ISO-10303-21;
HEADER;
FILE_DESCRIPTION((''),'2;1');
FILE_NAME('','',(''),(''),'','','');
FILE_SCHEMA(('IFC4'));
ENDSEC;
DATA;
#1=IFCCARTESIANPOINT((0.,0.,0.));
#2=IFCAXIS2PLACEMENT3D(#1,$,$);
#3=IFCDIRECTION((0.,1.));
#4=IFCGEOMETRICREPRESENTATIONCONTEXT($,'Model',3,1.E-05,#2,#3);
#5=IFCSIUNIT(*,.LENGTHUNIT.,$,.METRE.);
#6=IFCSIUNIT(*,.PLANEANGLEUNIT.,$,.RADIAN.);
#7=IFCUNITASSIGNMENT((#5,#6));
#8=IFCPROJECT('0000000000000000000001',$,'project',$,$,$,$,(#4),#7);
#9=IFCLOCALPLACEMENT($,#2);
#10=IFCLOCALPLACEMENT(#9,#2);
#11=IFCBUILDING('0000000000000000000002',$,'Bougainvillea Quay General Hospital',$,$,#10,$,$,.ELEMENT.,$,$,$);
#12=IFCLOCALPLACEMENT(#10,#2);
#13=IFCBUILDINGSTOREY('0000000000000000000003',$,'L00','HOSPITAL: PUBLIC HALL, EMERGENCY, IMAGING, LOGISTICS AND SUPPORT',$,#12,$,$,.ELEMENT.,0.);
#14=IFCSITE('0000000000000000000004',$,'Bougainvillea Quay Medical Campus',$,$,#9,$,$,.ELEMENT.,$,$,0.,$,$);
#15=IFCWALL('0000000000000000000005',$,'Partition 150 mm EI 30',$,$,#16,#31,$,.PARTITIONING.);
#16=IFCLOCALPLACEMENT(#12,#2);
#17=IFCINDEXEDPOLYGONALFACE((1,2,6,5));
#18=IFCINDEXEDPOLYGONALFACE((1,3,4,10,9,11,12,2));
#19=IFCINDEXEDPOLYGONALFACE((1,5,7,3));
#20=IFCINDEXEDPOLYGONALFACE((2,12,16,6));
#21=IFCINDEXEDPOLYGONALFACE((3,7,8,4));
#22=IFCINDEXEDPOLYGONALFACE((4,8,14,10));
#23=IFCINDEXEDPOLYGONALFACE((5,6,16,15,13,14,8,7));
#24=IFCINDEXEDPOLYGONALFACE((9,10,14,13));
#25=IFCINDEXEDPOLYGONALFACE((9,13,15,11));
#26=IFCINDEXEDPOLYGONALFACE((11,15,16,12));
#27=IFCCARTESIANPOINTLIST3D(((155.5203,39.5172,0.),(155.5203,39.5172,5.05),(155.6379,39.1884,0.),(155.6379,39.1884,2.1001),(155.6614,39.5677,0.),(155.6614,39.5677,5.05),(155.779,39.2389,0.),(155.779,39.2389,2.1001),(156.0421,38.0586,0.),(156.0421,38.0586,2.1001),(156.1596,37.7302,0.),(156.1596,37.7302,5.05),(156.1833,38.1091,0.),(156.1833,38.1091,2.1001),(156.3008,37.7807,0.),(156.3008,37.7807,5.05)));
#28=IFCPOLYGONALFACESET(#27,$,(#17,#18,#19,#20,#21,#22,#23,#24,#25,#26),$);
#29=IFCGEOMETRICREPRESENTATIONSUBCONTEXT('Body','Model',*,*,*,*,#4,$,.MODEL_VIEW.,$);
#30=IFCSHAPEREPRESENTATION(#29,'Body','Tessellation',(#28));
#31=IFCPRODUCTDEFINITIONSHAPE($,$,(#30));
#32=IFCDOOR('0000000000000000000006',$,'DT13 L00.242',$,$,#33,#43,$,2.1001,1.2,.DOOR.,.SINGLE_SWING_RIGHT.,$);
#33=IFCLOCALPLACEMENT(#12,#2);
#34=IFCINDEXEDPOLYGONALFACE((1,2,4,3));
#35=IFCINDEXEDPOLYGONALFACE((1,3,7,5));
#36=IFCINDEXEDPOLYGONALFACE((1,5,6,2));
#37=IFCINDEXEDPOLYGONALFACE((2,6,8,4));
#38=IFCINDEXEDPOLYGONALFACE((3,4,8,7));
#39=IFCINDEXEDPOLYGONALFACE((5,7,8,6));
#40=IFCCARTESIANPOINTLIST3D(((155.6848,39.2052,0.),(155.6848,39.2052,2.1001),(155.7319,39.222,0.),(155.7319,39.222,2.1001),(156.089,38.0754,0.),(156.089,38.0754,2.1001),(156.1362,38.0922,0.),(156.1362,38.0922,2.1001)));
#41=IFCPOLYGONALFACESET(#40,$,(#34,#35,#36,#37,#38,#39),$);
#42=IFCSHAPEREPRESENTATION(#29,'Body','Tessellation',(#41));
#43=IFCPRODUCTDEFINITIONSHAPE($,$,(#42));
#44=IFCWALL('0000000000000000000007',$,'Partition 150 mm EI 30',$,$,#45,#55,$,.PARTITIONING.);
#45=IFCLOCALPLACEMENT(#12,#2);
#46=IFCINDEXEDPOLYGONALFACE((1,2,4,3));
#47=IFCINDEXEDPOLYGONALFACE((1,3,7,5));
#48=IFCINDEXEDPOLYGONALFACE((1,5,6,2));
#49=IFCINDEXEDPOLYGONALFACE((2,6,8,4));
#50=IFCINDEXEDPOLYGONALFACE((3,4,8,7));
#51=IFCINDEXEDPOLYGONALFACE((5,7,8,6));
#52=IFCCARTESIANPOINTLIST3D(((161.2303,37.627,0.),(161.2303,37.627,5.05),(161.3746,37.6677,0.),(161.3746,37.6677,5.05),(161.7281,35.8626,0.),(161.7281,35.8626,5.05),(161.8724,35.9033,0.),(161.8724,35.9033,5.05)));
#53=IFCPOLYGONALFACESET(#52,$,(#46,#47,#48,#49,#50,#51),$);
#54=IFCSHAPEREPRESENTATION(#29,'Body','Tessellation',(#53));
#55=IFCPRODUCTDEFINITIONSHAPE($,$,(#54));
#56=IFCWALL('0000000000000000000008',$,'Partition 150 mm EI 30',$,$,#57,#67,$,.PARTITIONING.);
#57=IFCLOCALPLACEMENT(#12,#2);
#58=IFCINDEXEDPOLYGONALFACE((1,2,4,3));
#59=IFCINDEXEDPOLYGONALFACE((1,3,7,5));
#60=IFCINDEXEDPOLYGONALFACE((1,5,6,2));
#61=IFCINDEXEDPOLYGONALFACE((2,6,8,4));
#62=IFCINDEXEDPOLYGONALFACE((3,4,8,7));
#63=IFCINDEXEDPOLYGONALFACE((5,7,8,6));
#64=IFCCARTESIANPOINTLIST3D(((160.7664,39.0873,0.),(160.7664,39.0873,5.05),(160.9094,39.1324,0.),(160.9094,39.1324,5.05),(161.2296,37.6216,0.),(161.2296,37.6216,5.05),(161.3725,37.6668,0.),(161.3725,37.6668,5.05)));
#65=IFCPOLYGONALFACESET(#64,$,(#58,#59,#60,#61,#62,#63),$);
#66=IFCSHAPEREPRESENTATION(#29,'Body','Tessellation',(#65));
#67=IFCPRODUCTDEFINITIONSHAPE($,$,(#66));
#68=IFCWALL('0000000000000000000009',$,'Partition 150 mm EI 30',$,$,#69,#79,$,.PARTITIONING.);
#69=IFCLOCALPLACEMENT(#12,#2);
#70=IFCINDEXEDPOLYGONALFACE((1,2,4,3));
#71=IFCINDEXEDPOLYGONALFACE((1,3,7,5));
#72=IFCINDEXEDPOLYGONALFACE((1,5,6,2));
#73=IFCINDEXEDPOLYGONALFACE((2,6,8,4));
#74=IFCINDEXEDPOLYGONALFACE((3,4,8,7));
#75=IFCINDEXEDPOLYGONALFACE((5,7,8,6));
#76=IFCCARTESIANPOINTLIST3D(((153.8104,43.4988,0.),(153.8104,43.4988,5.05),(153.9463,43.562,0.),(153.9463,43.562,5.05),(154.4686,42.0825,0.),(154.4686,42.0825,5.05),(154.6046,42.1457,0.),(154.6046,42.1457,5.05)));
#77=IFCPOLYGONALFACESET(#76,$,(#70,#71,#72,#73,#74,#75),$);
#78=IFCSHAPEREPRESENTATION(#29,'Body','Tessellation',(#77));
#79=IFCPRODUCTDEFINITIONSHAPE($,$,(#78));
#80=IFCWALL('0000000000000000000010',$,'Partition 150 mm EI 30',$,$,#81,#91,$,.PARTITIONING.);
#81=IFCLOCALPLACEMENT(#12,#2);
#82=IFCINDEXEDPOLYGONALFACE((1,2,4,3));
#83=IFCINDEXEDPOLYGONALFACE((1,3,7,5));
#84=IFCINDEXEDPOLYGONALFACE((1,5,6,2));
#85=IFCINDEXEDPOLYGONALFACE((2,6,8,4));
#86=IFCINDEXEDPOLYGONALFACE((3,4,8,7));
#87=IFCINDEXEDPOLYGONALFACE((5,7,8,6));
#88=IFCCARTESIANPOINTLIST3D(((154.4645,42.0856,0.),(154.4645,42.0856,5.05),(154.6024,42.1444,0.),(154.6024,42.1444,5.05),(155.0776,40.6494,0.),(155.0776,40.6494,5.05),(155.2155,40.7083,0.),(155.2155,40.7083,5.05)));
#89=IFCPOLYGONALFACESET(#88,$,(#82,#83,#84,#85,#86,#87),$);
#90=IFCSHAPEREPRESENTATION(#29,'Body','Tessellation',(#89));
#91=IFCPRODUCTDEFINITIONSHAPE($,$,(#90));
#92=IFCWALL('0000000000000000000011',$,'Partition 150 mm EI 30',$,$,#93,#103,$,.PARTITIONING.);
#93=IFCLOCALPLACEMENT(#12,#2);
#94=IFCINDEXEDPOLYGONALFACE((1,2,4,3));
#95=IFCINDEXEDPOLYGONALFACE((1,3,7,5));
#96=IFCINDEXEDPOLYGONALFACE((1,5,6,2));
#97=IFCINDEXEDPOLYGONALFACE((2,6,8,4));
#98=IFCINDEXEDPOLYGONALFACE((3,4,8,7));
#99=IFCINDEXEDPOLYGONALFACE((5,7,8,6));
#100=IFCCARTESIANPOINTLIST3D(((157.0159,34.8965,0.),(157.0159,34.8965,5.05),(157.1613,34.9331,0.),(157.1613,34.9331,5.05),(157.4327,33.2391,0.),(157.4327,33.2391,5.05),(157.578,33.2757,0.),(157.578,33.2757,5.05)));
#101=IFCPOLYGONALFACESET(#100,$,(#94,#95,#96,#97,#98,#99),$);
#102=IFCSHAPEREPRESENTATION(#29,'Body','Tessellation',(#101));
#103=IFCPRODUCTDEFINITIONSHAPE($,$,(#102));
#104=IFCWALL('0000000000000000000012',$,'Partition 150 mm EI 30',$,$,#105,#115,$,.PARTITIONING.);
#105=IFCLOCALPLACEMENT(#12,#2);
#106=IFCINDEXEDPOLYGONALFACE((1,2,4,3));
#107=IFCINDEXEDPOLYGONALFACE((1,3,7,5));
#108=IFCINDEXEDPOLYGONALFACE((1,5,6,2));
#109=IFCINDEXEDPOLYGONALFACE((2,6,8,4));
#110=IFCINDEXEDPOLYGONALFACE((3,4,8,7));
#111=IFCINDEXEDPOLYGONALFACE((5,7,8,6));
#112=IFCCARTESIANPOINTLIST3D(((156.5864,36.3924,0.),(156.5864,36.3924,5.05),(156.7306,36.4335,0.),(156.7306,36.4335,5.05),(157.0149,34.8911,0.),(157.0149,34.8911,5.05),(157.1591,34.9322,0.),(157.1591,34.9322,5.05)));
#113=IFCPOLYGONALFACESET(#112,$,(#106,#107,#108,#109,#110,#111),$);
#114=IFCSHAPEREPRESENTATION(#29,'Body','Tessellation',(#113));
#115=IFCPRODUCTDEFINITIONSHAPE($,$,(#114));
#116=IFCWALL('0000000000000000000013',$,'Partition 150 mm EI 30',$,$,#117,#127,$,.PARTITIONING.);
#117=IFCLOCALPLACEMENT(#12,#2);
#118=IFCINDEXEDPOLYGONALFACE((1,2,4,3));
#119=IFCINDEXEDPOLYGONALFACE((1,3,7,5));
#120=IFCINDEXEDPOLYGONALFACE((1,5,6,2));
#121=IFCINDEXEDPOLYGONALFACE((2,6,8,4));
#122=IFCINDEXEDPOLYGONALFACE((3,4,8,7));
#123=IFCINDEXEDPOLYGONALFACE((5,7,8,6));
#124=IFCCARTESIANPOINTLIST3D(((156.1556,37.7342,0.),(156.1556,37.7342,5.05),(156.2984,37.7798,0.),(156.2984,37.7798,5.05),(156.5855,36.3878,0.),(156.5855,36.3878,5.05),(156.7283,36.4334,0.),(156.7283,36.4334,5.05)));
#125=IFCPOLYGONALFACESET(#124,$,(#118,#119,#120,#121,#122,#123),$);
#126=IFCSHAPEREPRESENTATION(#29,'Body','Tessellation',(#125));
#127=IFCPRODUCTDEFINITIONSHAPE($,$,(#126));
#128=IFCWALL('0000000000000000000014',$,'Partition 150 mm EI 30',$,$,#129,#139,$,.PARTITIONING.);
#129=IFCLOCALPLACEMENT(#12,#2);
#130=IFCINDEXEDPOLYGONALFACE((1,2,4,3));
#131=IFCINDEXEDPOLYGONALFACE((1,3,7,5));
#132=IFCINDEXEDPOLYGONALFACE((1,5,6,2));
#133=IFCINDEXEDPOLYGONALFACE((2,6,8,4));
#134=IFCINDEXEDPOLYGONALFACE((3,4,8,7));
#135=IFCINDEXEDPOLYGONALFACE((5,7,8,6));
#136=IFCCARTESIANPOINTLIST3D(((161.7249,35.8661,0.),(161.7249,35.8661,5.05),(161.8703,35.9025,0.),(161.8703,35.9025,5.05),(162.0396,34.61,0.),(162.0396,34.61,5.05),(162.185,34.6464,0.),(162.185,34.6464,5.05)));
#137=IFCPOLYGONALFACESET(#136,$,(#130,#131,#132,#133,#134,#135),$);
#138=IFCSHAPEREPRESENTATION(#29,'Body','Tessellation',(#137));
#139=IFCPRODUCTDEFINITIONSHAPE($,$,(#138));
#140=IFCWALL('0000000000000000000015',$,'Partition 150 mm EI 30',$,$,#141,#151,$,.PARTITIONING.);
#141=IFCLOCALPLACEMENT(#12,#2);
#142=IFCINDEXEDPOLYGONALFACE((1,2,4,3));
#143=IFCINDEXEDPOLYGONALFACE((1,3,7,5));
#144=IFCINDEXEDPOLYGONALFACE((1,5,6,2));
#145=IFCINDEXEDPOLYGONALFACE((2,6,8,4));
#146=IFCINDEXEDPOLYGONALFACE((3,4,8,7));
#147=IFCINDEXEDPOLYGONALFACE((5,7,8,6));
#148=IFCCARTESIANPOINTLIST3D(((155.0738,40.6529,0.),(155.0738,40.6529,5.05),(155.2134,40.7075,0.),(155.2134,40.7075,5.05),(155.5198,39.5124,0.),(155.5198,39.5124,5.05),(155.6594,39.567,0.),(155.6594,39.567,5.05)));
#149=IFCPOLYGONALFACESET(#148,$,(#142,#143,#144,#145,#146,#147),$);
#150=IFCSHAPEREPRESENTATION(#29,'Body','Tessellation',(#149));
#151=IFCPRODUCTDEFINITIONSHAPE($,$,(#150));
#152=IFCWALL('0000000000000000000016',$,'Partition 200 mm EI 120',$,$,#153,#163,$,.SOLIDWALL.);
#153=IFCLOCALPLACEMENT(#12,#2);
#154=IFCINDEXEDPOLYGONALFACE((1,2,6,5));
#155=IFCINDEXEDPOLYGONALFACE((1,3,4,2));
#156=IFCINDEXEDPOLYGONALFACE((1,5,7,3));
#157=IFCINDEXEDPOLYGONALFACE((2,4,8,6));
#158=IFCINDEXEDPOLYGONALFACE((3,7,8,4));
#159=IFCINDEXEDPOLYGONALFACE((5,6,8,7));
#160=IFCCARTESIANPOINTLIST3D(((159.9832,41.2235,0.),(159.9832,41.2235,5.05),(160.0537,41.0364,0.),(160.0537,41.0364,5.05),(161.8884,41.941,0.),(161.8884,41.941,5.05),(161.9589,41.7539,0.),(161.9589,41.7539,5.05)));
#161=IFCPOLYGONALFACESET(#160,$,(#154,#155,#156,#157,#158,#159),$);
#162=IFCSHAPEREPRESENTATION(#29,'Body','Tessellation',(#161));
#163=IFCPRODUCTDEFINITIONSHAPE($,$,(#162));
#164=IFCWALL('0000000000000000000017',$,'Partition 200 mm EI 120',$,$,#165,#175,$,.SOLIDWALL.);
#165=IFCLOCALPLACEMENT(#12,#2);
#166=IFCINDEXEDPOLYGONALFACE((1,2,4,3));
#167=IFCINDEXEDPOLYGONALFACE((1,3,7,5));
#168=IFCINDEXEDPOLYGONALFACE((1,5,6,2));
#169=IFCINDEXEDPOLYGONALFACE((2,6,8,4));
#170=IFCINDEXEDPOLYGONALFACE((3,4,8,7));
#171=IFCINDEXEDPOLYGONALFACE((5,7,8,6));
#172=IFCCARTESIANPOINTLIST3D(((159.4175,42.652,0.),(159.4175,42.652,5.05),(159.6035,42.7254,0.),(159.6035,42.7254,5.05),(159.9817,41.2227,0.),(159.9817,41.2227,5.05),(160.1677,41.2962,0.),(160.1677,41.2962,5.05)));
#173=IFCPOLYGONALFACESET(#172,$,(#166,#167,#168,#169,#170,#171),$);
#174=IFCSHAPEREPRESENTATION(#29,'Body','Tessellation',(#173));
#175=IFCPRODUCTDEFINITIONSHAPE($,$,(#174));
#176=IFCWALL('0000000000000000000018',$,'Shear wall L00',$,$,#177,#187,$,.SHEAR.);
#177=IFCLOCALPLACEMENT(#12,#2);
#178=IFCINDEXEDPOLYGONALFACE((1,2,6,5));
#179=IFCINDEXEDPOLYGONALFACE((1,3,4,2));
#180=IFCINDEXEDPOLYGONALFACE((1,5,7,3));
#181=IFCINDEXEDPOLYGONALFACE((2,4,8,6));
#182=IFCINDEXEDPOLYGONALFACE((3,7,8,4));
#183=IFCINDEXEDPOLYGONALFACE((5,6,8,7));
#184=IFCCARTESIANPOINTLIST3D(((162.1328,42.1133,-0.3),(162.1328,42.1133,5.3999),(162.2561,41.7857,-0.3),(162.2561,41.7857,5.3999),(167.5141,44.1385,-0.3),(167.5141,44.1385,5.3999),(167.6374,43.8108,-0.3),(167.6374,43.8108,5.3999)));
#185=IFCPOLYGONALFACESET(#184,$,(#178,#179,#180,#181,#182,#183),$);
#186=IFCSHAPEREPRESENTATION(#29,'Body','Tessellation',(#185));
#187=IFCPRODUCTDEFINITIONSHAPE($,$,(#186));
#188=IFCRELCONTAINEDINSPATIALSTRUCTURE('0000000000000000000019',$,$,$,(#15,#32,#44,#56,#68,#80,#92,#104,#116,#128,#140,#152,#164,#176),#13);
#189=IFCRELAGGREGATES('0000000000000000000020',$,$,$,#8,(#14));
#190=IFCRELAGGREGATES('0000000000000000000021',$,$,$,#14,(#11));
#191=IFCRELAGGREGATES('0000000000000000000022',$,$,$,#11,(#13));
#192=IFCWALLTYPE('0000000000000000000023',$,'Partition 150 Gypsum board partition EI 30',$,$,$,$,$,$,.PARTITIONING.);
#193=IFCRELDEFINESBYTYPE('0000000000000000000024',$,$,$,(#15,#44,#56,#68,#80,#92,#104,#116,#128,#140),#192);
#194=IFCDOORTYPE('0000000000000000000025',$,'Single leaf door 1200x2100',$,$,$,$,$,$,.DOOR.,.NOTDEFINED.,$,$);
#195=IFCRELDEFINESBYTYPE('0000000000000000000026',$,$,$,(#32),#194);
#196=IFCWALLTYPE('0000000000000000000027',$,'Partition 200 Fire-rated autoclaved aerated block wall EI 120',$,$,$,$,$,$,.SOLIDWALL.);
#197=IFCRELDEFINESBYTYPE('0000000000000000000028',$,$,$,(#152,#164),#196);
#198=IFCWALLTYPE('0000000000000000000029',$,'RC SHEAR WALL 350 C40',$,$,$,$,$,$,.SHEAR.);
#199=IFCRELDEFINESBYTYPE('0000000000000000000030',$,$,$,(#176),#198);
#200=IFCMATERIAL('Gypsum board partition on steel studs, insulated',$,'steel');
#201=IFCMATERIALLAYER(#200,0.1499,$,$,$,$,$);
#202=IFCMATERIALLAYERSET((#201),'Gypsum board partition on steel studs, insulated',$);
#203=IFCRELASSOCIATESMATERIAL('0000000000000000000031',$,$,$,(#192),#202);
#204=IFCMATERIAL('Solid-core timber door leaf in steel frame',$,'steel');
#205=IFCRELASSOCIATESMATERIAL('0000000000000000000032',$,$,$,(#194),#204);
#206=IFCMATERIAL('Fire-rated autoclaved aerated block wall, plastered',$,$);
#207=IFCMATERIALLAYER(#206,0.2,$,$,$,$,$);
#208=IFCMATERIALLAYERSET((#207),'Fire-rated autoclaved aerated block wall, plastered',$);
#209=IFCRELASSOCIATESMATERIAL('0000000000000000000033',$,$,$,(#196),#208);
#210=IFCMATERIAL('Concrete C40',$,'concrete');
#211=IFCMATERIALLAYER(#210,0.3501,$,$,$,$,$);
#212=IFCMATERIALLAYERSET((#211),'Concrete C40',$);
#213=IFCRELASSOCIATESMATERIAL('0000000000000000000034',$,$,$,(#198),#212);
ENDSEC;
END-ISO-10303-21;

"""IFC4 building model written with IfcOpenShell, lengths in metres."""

from ifc_helpers import new_model, si_unit, direction, frame, frame_2d, origin, place, context, subcontext, project, spatial, rectangle, extrude, material, layer, layer_set, type_object, element, fill, save


model = new_model("IFC4")

# Units and contexts
model_context = context("Model", 3, precision=1e-05, world=origin(), true_north=direction((0.0, 1.0)))
body_context = subcontext(model_context, "Body", "Model", "MODEL_VIEW")
ifc_project = project(units=[si_unit("LENGTHUNIT", "METRE"), si_unit("PLANEANGLEUNIT", "RADIAN")], contexts=[model_context])

# Site, building, storey
site_placement = place(None, origin())
site = spatial("IfcSite", under=ifc_project, at=site_placement, Name="Bougainvillea Quay Medical Campus", CompositionType="ELEMENT", RefElevation=0.0)
building_placement = place(site_placement, origin())
building = spatial("IfcBuilding", under=site, at=building_placement, Name="Bougainvillea Quay General Hospital", CompositionType="ELEMENT")
storey_placement = place(building_placement, origin())
storey = spatial("IfcBuildingStorey", under=building, at=storey_placement, Name="L00", Description="HOSPITAL: PUBLIC HALL, EMERGENCY, IMAGING, LOGISTICS AND SUPPORT", CompositionType="ELEMENT", Elevation=0.0)

# Shared definitions
ifc_material_1 = material(Name="Concrete C40", Category="concrete")

# Wall, opening, door
ifc_material_2 = material(Name="Gypsum board partition on steel studs, insulated", Category="steel")
ifc_layer_1 = layer(ifc_material_2, 0.1499)
ifc_layer_set_1 = layer_set([ifc_layer_1], Name="Gypsum board partition on steel studs, insulated")
wall_type_1 = type_object("IfcWallType", Name="Partition 150 Gypsum board partition EI 30", PredefinedType="PARTITIONING", material=ifc_layer_set_1)
wall_1_placement = place(storey_placement, frame((155.5908, 39.5425, 0.0), z_axis=(0.0, 0.0, 1.0), x_axis=(0.336874, -0.94155, 0.0)))
wall_1 = element("IfcWall", 1, at=wall_1_placement, inside=storey, type_object=wall_type_1, Name="Partition 150 mm EI 30", PredefinedType="PARTITIONING", context=body_context, shape_type="SweptSolid", body=[
    extrude(rectangle(XDim=1.8979, YDim=0.1499, at=frame_2d((0.949, 0.0))), origin(), (0.0, 0.0, 1.0), 5.05),
])
opening_1_placement = place(wall_1_placement, frame((0.3491, 0.0, 0.0)))
opening_1 = element("IfcOpeningElement", 2, at=opening_1_placement, cuts=wall_1, PredefinedType="OPENING", context=body_context, shape_type="SweptSolid", body=[
    extrude(rectangle(XDim=1.2, YDim=2.1001, at=frame_2d((0.6001, 1.05))), frame((0.0, 0.085, 0.0), z_axis=(0.0, -1.0, 0.0), x_axis=(1.0, 0.0, 0.0)), (0.0, 0.0, 1.0), 0.1699),
])
ifc_material_3 = material(Name="Solid-core timber door leaf in steel frame", Category="steel")
door_type_1 = type_object("IfcDoorType", Name="Single leaf door 1200x2100", OperationType="NOTDEFINED", PredefinedType="DOOR", material=ifc_material_3)
door_1_placement = place(opening_1_placement, origin())
door_1 = element("IfcDoor", 3, at=door_1_placement, inside=storey, type_object=door_type_1, Name="DT13 L00.242", OperationType="SINGLE_SWING_RIGHT", OverallHeight=2.1001, OverallWidth=1.2, PredefinedType="DOOR", context=body_context, shape_type="SweptSolid", body=[
    extrude(rectangle(XDim=1.2, YDim=2.1001, at=frame_2d((0.6001, 1.05))), frame((0.0, 0.0249, 0.0), z_axis=(0.0, -1.0, 0.0), x_axis=(1.0, 0.0, 0.0)), (0.0, 0.0, 1.0), 0.05),
])
fill(opening_1, door_1)

# Walls
wall_2_placement = place(storey_placement, frame((161.3025, 37.6472, 0.0), z_axis=(0.0, 0.0, 1.0), x_axis=(0.271536, -0.962428, 0.0)))
element("IfcWall", 4, at=wall_2_placement, inside=storey, type_object=wall_type_1, Name="Partition 150 mm EI 30", PredefinedType="PARTITIONING", context=body_context, shape_type="SweptSolid", body=[
    extrude(rectangle(XDim=1.8333, YDim=0.1499, at=frame_2d((0.9165, 0.0))), origin(), (0.0, 0.0, 1.0), 5.05),
])
wall_3_placement = place(storey_placement, frame((160.8379, 39.1099, 0.0), z_axis=(0.0, 0.0, 1.0), x_axis=(0.301321, -0.953523, 0.0)))
element("IfcWall", 5, at=wall_3_placement, inside=storey, type_object=wall_type_1, Name="Partition 150 mm EI 30", PredefinedType="PARTITIONING", context=body_context, shape_type="SweptSolid", body=[
    extrude(rectangle(XDim=1.5371, YDim=0.1499, at=frame_2d((0.7686, 0.0))), origin(), (0.0, 0.0, 1.0), 5.05),
])
wall_4_placement = place(storey_placement, frame((153.8784, 43.5303, 0.0), z_axis=(0.0, 0.0, 1.0), x_axis=(0.421456, -0.906849, 0.0)))
element("IfcWall", 6, at=wall_4_placement, inside=storey, type_object=wall_type_1, Name="Partition 150 mm EI 30", PredefinedType="PARTITIONING", context=body_context, shape_type="SweptSolid", body=[
    extrude(rectangle(XDim=1.5618, YDim=0.1499, at=frame_2d((0.7808, 0.0))), origin(), (0.0, 0.0, 1.0), 5.05),
])
wall_5_placement = place(storey_placement, frame((154.5334, 42.115, 0.0), z_axis=(0.0, 0.0, 1.0), x_axis=(0.392617, -0.919702, 0.0)))
element("IfcWall", 7, at=wall_5_placement, inside=storey, type_object=wall_type_1, Name="Partition 150 mm EI 30", PredefinedType="PARTITIONING", context=body_context, shape_type="SweptSolid", body=[
    extrude(rectangle(XDim=1.5615, YDim=0.1499, at=frame_2d((0.7808, 0.0))), origin(), (0.0, 0.0, 1.0), 5.05),
])
wall_6_placement = place(storey_placement, frame((157.0886, 34.9148, 0.0), z_axis=(0.0, 0.0, 1.0), x_axis=(0.243846, -0.969814, 0.0)))
element("IfcWall", 8, at=wall_6_placement, inside=storey, type_object=wall_type_1, Name="Partition 150 mm EI 30", PredefinedType="PARTITIONING", context=body_context, shape_type="SweptSolid", body=[
    extrude(rectangle(XDim=1.709, YDim=0.1499, at=frame_2d((0.8545, 0.0))), origin(), (0.0, 0.0, 1.0), 5.05),
])
wall_7_placement = place(storey_placement, frame((156.6584, 36.4131, 0.0), z_axis=(0.0, 0.0, 1.0), x_axis=(0.274453, -0.961601, 0.0)))
element("IfcWall", 9, at=wall_7_placement, inside=storey, type_object=wall_type_1, Name="Partition 150 mm EI 30", PredefinedType="PARTITIONING", context=body_context, shape_type="SweptSolid", body=[
    extrude(rectangle(XDim=1.5613, YDim=0.1499, at=frame_2d((0.7808, 0.0))), origin(), (0.0, 0.0, 1.0), 5.05),
])
wall_8_placement = place(storey_placement, frame((156.2271, 37.7568, 0.0), z_axis=(0.0, 0.0, 1.0), x_axis=(0.30418, -0.952614, 0.0)))
element("IfcWall", 10, at=wall_8_placement, inside=storey, type_object=wall_type_1, Name="Partition 150 mm EI 30", PredefinedType="PARTITIONING", context=body_context, shape_type="SweptSolid", body=[
    extrude(rectangle(XDim=1.4133, YDim=0.1499, at=frame_2d((0.7065, 0.0))), origin(), (0.0, 0.0, 1.0), 5.05),
])
wall_9_placement = place(storey_placement, frame((161.7976, 35.8843, 0.0), z_axis=(0.0, 0.0, 1.0), x_axis=(0.243024, -0.97002, 0.0)))
element("IfcWall", 11, at=wall_9_placement, inside=storey, type_object=wall_type_1, Name="Partition 150 mm EI 30", PredefinedType="PARTITIONING", context=body_context, shape_type="SweptSolid", body=[
    extrude(rectangle(XDim=1.2949, YDim=0.1499, at=frame_2d((0.6475, 0.0))), origin(), (0.0, 0.0, 1.0), 5.05),
])
wall_10_placement = place(storey_placement, frame((155.1436, 40.6802, 0.0), z_axis=(0.0, 0.0, 1.0), x_axis=(0.364264, -0.931296, 0.0)))
element("IfcWall", 12, at=wall_10_placement, inside=storey, type_object=wall_type_1, Name="Partition 150 mm EI 30", PredefinedType="PARTITIONING", context=body_context, shape_type="SweptSolid", body=[
    extrude(rectangle(XDim=1.2246, YDim=0.1499, at=frame_2d((0.6123, 0.0))), origin(), (0.0, 0.0, 1.0), 5.05),
])
ifc_material_4 = material(Name="Fire-rated autoclaved aerated block wall, plastered")
ifc_layer_2 = layer(ifc_material_4, 0.2)
ifc_layer_set_2 = layer_set([ifc_layer_2], Name="Fire-rated autoclaved aerated block wall, plastered")
wall_type_2 = type_object("IfcWallType", Name="Partition 200 Fire-rated autoclaved aerated block wall EI 120", PredefinedType="SOLIDWALL", material=ifc_layer_set_2)
wall_11_placement = place(storey_placement, frame((160.0183, 41.1299, 0.0), z_axis=(0.0, 0.0, 1.0), x_axis=(0.935835, 0.352437, 0.0)))
element("IfcWall", 13, at=wall_11_placement, inside=storey, type_object=wall_type_2, Name="Partition 200 mm EI 120", PredefinedType="SOLIDWALL", context=body_context, shape_type="SweptSolid", body=[
    extrude(rectangle(XDim=2.0359, YDim=0.2, at=frame_2d((1.0181, 0.0))), origin(), (0.0, 0.0, 1.0), 5.05),
])
wall_12_placement = place(storey_placement, frame((159.5105, 42.6887, 0.0), z_axis=(0.0, 0.0, 1.0), x_axis=(0.367195, -0.930144, 0.0)))
element("IfcWall", 14, at=wall_12_placement, inside=storey, type_object=wall_type_2, Name="Partition 200 mm EI 120", PredefinedType="SOLIDWALL", context=body_context, shape_type="SweptSolid", body=[
    extrude(rectangle(XDim=1.5366, YDim=0.2, at=frame_2d((0.7683, 0.0))), origin(), (0.0, 0.0, 1.0), 5.05),
])
ifc_layer_3 = layer(ifc_material_1, 0.3501)
ifc_layer_set_3 = layer_set([ifc_layer_3], Name="Concrete C40")
wall_type_3 = type_object("IfcWallType", Name="RC SHEAR WALL 350 C40", PredefinedType="SHEAR", material=ifc_layer_set_3)
wall_13_placement = place(storey_placement, frame((162.1943, 41.9495, -0.3), z_axis=(0.0, 0.0, 1.0), x_axis=(0.93592, 0.352212, 0.0)))
element("IfcWall", 15, at=wall_13_placement, inside=storey, type_object=wall_type_3, Name="Shear wall L00", PredefinedType="SHEAR", context=body_context, shape_type="SweptSolid", body=[
    extrude(rectangle(XDim=5.7498, YDim=0.3501, at=frame_2d((2.875, 0.0))), origin(), (0.0, 0.0, 1.0), 5.7),
])

save(model, "model.ifc")
